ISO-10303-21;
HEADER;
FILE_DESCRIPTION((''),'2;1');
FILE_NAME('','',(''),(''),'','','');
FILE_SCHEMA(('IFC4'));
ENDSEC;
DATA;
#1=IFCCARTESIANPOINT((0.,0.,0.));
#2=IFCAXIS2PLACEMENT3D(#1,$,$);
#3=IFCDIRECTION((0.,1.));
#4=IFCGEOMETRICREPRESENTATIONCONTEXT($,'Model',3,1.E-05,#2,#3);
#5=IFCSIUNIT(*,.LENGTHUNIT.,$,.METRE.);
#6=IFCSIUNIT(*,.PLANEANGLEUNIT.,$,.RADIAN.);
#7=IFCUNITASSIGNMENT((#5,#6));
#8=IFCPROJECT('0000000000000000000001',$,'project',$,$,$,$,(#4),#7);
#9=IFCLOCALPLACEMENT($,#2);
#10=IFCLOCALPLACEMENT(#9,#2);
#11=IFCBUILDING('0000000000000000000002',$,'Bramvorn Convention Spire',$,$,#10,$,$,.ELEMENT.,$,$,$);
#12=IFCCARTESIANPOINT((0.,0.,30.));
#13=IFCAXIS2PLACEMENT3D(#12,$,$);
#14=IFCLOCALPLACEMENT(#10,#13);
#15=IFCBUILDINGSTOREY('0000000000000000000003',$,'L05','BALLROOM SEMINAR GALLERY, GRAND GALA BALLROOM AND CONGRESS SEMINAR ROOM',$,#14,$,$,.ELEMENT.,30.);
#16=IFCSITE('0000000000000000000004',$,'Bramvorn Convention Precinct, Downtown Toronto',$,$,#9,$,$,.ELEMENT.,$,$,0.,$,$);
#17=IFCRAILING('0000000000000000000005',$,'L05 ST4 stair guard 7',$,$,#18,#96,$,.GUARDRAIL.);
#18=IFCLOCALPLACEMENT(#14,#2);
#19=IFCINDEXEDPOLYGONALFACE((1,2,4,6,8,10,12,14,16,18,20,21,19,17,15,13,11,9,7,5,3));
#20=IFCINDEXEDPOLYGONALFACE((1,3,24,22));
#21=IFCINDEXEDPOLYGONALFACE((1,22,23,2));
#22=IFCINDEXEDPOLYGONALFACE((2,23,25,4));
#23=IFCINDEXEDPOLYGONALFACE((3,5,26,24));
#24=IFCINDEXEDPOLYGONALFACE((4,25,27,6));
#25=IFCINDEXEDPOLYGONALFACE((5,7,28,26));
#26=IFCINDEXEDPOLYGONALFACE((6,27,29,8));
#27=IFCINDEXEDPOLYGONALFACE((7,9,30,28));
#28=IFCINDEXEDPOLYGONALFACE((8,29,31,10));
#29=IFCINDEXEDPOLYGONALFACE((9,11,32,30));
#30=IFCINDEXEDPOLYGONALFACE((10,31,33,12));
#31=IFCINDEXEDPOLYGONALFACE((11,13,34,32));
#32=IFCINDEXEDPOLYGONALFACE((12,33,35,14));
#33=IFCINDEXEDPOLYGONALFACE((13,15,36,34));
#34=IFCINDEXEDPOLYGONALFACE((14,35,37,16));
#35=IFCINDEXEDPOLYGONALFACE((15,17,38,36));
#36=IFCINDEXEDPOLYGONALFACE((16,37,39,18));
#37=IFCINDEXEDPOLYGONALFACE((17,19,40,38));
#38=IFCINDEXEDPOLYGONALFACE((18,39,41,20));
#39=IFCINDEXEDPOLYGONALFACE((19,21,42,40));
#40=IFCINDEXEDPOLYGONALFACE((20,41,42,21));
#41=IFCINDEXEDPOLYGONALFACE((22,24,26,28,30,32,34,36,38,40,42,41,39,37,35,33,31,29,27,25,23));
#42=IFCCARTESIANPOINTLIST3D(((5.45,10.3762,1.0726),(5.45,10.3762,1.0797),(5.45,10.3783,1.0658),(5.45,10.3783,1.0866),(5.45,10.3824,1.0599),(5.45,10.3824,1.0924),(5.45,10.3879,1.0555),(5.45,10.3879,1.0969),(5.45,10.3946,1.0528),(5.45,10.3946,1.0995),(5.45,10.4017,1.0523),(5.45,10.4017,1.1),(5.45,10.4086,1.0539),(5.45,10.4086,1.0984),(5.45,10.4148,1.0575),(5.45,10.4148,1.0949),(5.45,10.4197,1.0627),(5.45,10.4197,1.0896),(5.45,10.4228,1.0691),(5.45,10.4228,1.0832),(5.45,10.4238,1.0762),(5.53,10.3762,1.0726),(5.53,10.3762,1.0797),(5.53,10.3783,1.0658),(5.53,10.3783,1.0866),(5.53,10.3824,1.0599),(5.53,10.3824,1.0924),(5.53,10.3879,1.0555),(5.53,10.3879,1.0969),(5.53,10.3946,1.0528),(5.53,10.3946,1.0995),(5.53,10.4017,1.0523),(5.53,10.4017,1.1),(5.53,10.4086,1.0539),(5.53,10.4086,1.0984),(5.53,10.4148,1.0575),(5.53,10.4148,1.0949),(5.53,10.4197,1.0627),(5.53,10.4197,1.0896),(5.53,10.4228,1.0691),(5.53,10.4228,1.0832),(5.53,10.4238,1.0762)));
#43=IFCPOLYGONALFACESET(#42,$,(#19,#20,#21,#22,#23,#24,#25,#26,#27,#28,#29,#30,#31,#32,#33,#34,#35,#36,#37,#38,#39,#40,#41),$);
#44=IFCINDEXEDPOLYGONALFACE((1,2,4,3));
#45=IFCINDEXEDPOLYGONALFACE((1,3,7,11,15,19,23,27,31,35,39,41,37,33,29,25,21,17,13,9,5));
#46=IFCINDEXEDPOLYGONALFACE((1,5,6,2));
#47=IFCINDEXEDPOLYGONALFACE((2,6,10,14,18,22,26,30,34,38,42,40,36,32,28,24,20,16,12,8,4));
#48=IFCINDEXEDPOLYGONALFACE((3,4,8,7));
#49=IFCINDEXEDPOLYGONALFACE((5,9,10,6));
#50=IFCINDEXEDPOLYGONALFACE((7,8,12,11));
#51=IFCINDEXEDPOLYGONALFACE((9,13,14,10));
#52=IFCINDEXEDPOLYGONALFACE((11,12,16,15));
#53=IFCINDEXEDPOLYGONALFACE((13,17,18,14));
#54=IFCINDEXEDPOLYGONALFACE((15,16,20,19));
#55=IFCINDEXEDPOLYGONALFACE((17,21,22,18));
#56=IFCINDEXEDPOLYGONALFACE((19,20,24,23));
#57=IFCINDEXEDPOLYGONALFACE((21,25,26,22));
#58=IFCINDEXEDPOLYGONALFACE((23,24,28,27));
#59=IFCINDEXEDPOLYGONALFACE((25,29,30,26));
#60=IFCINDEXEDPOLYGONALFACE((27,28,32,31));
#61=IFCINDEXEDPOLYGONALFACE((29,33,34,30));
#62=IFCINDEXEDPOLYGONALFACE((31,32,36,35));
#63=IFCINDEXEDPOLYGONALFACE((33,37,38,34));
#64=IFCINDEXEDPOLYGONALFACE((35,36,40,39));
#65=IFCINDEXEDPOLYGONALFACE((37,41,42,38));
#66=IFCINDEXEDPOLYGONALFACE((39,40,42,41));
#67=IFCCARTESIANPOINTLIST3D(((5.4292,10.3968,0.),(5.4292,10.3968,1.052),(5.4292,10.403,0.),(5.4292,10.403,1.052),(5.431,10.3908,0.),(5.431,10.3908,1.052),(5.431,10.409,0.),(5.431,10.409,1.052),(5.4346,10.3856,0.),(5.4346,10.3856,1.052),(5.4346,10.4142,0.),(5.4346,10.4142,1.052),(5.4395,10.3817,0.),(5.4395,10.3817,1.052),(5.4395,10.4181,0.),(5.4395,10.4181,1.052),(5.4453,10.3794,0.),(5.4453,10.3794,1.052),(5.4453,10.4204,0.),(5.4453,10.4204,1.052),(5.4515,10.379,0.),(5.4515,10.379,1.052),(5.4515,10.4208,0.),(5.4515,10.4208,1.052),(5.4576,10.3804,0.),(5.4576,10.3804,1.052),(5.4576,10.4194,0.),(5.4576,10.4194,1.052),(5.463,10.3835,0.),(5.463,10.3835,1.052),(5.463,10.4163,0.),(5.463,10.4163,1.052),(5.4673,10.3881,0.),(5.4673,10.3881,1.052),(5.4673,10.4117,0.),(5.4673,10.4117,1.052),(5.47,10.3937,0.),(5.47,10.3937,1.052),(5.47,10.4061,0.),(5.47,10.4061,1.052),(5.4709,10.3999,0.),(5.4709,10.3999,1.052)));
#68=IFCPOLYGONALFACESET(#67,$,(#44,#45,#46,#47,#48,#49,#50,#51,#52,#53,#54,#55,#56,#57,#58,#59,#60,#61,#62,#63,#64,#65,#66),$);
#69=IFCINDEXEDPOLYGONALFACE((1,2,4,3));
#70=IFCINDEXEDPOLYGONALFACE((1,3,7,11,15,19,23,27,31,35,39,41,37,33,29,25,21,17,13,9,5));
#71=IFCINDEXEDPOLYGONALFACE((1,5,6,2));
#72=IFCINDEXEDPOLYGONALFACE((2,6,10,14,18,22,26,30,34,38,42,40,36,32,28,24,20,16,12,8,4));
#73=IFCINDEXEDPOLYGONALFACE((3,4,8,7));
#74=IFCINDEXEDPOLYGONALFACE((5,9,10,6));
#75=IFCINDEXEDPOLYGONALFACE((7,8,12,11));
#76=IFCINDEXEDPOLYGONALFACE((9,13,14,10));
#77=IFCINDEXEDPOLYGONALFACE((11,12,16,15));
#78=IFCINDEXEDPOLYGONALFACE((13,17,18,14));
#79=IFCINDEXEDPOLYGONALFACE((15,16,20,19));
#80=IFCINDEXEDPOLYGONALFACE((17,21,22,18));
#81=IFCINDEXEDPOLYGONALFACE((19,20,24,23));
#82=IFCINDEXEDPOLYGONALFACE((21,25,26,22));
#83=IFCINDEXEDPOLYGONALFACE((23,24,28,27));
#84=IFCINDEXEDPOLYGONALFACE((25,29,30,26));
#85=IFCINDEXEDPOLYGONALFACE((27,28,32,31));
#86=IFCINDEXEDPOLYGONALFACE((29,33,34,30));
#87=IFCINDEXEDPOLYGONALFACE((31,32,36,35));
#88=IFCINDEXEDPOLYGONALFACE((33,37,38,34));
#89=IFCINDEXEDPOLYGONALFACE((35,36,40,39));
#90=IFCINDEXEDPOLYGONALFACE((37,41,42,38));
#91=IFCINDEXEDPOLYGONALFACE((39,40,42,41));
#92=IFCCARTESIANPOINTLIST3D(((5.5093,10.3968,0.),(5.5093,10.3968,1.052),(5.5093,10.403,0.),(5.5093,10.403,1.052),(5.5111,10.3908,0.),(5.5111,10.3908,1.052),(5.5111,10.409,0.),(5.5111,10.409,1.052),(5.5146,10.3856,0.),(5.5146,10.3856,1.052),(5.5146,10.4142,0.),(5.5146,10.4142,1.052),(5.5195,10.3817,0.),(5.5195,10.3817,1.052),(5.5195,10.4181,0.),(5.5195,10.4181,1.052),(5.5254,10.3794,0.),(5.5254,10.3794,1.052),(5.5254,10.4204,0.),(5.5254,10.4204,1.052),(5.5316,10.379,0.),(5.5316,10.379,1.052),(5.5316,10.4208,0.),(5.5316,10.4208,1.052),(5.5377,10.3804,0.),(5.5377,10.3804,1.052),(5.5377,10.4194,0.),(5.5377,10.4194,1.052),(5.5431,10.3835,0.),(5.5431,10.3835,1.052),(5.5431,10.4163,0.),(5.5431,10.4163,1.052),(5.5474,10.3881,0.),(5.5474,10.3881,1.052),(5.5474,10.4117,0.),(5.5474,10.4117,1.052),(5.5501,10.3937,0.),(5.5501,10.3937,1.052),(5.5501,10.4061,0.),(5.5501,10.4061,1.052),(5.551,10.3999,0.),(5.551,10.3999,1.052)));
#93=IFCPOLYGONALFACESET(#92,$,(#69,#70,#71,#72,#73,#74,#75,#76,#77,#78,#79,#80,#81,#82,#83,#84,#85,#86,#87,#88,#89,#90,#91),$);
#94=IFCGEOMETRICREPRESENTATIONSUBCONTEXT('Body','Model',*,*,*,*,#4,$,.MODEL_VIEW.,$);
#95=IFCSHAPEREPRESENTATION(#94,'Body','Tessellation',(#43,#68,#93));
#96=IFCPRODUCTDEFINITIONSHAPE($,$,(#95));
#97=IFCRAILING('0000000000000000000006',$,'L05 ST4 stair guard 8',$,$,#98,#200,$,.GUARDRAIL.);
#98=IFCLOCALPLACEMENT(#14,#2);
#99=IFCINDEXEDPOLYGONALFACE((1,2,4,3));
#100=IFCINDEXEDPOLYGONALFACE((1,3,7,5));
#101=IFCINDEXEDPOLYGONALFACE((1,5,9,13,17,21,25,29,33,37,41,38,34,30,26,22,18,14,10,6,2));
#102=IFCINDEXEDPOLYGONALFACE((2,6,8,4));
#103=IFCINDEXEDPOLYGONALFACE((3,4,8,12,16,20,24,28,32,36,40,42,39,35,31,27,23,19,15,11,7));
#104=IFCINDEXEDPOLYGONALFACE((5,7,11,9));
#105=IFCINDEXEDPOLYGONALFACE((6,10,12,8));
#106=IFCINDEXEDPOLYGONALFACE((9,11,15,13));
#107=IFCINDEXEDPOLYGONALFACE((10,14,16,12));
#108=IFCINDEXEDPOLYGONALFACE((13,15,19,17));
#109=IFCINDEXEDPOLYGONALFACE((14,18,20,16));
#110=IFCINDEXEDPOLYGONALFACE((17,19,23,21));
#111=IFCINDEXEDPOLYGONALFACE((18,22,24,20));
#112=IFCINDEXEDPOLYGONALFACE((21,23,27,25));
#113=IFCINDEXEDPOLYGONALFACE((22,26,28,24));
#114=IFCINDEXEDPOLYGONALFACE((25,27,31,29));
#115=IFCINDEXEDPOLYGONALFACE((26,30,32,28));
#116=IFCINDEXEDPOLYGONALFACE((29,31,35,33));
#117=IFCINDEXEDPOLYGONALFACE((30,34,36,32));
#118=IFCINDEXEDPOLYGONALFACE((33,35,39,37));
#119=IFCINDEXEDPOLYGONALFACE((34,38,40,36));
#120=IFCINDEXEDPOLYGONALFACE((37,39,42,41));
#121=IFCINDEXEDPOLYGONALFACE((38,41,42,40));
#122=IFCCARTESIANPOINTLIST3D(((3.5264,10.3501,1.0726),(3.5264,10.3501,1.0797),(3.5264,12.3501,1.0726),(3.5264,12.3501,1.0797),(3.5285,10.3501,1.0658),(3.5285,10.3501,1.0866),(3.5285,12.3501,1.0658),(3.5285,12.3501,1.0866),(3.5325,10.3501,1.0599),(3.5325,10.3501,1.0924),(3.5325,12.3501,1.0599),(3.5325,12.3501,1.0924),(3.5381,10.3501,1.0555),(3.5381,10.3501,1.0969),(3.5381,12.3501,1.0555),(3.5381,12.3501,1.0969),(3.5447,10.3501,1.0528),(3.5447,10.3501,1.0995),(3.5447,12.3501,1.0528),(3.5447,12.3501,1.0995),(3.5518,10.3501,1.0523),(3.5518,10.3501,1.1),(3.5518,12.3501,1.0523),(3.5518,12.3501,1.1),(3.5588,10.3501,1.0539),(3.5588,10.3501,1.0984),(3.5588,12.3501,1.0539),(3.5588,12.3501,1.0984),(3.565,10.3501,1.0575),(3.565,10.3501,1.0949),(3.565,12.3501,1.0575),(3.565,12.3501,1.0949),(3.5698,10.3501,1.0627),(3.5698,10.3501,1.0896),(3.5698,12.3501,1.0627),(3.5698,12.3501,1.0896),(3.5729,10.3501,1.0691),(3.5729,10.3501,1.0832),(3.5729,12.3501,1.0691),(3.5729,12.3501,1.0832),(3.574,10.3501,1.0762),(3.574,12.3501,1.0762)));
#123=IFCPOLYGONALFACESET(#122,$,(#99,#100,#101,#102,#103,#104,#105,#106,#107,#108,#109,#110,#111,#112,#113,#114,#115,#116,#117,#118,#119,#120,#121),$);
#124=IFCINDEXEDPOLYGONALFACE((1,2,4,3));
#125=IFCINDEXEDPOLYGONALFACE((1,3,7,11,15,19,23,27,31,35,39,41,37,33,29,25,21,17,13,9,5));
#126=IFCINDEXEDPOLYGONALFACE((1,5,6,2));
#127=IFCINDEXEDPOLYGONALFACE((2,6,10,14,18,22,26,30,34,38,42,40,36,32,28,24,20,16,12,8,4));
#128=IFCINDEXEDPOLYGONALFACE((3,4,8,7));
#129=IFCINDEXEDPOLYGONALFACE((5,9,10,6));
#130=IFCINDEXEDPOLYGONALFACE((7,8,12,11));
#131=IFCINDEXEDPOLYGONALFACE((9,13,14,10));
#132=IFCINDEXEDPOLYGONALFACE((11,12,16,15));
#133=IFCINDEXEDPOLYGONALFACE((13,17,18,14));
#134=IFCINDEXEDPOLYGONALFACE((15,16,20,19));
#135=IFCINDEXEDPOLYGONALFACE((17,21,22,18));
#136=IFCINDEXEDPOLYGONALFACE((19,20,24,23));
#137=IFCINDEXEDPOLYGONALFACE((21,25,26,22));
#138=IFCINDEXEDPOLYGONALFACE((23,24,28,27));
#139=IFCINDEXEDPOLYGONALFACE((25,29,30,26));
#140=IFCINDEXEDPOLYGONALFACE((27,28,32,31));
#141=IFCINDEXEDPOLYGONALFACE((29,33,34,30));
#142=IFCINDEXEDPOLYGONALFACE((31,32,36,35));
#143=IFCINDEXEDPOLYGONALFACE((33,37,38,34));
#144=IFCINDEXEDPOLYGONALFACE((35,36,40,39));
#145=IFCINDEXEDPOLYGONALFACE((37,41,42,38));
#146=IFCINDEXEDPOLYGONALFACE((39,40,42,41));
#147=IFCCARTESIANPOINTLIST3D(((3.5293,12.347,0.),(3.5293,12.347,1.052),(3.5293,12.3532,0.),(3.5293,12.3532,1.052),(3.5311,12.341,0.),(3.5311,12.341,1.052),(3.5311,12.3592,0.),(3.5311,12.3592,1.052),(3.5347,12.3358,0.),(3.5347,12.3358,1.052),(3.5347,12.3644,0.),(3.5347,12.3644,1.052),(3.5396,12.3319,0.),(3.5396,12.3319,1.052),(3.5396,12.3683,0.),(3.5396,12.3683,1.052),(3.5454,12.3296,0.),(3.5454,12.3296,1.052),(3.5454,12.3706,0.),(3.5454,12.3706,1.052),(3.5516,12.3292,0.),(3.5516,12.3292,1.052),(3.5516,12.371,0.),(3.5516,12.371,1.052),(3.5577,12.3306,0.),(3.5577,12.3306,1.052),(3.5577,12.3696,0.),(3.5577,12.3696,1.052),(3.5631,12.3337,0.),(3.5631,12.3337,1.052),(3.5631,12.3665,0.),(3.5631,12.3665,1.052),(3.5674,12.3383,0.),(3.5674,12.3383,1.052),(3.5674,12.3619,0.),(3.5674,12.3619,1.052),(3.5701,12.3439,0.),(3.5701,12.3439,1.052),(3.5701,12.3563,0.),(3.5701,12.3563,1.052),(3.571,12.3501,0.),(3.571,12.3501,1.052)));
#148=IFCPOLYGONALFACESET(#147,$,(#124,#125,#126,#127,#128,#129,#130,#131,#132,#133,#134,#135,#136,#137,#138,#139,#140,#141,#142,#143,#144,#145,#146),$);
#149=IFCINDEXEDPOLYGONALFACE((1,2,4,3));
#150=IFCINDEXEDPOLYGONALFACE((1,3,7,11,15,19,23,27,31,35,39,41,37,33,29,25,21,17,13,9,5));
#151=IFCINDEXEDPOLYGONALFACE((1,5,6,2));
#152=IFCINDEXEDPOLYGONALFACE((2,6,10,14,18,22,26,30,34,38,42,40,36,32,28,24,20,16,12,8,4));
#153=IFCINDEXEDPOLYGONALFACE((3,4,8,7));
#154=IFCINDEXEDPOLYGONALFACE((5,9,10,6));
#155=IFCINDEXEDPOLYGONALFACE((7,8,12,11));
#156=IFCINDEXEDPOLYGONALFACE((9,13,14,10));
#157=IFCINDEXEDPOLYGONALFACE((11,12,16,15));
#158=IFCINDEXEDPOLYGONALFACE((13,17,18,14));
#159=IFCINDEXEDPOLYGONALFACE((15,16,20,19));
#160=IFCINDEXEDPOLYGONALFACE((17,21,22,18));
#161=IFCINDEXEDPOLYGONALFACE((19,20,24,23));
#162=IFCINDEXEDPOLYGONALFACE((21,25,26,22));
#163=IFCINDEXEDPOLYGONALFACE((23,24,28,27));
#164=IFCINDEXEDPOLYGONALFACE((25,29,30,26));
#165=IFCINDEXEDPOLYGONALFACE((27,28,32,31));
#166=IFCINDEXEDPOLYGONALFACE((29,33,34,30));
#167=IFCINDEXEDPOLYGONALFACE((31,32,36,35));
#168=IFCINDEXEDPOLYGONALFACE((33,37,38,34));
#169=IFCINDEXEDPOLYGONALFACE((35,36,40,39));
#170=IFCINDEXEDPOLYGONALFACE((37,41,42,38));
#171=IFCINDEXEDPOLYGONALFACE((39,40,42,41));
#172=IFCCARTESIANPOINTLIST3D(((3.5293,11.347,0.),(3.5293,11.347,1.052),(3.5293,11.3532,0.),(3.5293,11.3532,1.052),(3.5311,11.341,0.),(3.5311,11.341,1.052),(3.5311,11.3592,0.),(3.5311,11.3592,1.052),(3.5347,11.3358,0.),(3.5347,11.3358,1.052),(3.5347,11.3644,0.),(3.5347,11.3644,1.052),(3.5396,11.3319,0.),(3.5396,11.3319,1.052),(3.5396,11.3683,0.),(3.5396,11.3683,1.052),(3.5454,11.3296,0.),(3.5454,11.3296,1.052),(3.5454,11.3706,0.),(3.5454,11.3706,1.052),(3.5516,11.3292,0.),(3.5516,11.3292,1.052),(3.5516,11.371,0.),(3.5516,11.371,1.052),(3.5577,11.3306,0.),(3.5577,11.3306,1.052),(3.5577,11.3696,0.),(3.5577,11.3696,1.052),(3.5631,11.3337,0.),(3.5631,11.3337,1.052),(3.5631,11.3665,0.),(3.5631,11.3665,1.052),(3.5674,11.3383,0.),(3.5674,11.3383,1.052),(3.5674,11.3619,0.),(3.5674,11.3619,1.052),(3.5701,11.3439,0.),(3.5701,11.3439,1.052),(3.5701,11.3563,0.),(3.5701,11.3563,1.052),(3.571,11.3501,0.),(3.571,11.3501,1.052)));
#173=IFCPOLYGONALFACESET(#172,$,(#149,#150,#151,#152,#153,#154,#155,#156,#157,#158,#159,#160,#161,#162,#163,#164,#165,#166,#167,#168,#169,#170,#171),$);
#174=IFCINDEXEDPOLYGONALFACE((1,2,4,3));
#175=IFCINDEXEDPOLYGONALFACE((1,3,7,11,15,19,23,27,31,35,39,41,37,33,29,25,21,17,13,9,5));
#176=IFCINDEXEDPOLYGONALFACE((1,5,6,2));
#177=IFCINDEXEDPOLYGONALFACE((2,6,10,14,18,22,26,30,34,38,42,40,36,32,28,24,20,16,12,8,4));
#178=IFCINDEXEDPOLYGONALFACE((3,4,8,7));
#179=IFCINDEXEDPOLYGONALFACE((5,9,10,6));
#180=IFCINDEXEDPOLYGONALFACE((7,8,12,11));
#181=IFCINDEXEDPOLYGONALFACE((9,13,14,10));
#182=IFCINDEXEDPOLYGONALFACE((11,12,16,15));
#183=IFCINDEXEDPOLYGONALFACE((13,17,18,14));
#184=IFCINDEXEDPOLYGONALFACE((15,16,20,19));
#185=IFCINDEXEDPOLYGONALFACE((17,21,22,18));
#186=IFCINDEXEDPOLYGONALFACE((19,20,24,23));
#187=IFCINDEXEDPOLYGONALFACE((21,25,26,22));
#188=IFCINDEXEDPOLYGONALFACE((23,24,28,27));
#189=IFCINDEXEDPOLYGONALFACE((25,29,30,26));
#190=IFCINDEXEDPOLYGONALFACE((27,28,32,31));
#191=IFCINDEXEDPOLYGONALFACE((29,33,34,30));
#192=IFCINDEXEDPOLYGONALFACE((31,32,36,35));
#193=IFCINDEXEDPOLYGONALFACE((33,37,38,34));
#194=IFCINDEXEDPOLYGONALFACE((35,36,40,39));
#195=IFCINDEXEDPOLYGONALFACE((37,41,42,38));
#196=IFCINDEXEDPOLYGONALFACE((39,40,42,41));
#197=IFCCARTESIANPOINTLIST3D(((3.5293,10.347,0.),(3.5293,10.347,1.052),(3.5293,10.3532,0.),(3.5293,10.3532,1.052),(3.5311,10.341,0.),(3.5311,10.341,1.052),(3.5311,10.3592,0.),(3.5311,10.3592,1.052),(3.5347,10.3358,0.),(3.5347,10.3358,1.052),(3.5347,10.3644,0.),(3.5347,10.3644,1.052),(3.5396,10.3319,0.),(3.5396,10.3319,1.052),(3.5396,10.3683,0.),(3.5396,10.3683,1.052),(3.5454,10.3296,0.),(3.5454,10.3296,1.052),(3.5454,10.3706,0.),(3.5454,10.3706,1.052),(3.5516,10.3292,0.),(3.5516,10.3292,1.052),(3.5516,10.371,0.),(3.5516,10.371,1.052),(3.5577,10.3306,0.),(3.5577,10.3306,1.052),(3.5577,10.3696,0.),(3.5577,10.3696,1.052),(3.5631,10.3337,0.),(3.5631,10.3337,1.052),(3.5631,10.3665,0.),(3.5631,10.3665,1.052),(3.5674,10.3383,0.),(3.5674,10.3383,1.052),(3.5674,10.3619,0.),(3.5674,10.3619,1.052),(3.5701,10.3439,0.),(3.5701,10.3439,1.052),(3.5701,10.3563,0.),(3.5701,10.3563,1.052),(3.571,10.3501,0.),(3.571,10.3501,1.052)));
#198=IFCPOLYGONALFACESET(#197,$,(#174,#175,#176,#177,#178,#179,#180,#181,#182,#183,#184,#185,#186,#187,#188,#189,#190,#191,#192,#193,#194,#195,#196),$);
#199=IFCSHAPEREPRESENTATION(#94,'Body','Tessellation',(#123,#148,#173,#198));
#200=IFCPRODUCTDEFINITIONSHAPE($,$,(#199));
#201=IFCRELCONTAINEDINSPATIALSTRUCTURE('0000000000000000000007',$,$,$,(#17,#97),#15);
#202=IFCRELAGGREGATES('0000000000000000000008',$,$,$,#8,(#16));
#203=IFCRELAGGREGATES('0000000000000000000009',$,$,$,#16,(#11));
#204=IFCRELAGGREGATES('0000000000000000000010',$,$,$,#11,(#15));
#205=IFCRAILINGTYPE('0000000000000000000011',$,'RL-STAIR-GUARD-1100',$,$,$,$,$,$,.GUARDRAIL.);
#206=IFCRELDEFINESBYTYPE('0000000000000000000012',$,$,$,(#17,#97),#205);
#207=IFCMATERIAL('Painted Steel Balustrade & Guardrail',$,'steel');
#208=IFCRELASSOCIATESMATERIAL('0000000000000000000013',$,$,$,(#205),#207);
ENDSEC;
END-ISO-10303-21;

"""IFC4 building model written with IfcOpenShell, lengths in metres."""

from ifc_helpers import new_model, si_unit, direction, frame, origin, origin_2d, place, context, subcontext, project, spatial, circle, extrude, material, type_object, element, save


model = new_model("IFC4")

# Units and contexts
model_context = context("Model", 3, precision=1e-05, world=origin(), true_north=direction((0.0, 1.0)))
body_context = subcontext(model_context, "Body", "Model", "MODEL_VIEW")
ifc_project = project(units=[si_unit("LENGTHUNIT", "METRE"), si_unit("PLANEANGLEUNIT", "RADIAN")], contexts=[model_context])

# Site, building, storey
site_placement = place(None, origin())
site = spatial("IfcSite", under=ifc_project, at=site_placement, Name="Bramvorn Convention Precinct, Downtown Toronto", CompositionType="ELEMENT", RefElevation=0.0)
building_placement = place(site_placement, origin())
building = spatial("IfcBuilding", under=site, at=building_placement, Name="Bramvorn Convention Spire", CompositionType="ELEMENT")
storey_placement = place(building_placement, frame((0.0, 0.0, 30.0)))
storey = spatial("IfcBuildingStorey", under=building, at=storey_placement, Name="L05", Description="BALLROOM SEMINAR GALLERY, GRAND GALA BALLROOM AND CONGRESS SEMINAR ROOM", CompositionType="ELEMENT", Elevation=30.0)

# Railings
ifc_material_1 = material(Name="Painted Steel Balustrade & Guardrail", Category="steel")
railing_type_1 = type_object("IfcRailingType", Name="RL-STAIR-GUARD-1100", PredefinedType="GUARDRAIL", material=ifc_material_1)
railing_1_placement = place(storey_placement, frame((5.45, 10.3999, 0.0)))
element("IfcRailing", 1, at=railing_1_placement, inside=storey, type_object=railing_type_1, Name="L05 ST4 stair guard 7", PredefinedType="GUARDRAIL", context=body_context, shape_type="SweptSolid", body=[
    extrude(circle(Radius=0.0239, at=origin_2d()), frame((0.0, 0.0, 1.0762), z_axis=(1.0, 0.0, 0.0), x_axis=(0.0, 1.0, 0.0)), (0.0, 0.0, 1.0), 0.0801),
    extrude(circle(Radius=0.021, at=origin_2d()), origin(), (0.0, 0.0, 1.0), 1.052),
    extrude(circle(Radius=0.021, at=origin_2d()), frame((0.0801, 0.0, 0.0)), (0.0, 0.0, 1.0), 1.052),
])
for number, where, name in (
    (2, (3.55, 12.3501, 0.0), "L05 ST4 stair guard 8"),
):
    element("IfcRailing", number, at=place(storey_placement, frame(where)), inside=storey, type_object=railing_type_1, Name=name, PredefinedType="GUARDRAIL", context=body_context, shape_type="SweptSolid", body=[
        extrude(circle(Radius=0.0239, at=origin_2d()), frame((0.0, 0.0, 1.0762), z_axis=(0.0, -1.0, 0.0), x_axis=(1.0, 0.0, 0.0)), (0.0, 0.0, 1.0), 2.0),
        extrude(circle(Radius=0.021, at=origin_2d()), origin(), (0.0, 0.0, 1.0), 1.052),
        extrude(circle(Radius=0.021, at=origin_2d()), frame((0.0, -1.0, 0.0)), (0.0, 0.0, 1.0), 1.052),
        extrude(circle(Radius=0.021, at=origin_2d()), frame((0.0, -2.0, 0.0)), (0.0, 0.0, 1.0), 1.052),
    ])

save(model, "model.ifc")
